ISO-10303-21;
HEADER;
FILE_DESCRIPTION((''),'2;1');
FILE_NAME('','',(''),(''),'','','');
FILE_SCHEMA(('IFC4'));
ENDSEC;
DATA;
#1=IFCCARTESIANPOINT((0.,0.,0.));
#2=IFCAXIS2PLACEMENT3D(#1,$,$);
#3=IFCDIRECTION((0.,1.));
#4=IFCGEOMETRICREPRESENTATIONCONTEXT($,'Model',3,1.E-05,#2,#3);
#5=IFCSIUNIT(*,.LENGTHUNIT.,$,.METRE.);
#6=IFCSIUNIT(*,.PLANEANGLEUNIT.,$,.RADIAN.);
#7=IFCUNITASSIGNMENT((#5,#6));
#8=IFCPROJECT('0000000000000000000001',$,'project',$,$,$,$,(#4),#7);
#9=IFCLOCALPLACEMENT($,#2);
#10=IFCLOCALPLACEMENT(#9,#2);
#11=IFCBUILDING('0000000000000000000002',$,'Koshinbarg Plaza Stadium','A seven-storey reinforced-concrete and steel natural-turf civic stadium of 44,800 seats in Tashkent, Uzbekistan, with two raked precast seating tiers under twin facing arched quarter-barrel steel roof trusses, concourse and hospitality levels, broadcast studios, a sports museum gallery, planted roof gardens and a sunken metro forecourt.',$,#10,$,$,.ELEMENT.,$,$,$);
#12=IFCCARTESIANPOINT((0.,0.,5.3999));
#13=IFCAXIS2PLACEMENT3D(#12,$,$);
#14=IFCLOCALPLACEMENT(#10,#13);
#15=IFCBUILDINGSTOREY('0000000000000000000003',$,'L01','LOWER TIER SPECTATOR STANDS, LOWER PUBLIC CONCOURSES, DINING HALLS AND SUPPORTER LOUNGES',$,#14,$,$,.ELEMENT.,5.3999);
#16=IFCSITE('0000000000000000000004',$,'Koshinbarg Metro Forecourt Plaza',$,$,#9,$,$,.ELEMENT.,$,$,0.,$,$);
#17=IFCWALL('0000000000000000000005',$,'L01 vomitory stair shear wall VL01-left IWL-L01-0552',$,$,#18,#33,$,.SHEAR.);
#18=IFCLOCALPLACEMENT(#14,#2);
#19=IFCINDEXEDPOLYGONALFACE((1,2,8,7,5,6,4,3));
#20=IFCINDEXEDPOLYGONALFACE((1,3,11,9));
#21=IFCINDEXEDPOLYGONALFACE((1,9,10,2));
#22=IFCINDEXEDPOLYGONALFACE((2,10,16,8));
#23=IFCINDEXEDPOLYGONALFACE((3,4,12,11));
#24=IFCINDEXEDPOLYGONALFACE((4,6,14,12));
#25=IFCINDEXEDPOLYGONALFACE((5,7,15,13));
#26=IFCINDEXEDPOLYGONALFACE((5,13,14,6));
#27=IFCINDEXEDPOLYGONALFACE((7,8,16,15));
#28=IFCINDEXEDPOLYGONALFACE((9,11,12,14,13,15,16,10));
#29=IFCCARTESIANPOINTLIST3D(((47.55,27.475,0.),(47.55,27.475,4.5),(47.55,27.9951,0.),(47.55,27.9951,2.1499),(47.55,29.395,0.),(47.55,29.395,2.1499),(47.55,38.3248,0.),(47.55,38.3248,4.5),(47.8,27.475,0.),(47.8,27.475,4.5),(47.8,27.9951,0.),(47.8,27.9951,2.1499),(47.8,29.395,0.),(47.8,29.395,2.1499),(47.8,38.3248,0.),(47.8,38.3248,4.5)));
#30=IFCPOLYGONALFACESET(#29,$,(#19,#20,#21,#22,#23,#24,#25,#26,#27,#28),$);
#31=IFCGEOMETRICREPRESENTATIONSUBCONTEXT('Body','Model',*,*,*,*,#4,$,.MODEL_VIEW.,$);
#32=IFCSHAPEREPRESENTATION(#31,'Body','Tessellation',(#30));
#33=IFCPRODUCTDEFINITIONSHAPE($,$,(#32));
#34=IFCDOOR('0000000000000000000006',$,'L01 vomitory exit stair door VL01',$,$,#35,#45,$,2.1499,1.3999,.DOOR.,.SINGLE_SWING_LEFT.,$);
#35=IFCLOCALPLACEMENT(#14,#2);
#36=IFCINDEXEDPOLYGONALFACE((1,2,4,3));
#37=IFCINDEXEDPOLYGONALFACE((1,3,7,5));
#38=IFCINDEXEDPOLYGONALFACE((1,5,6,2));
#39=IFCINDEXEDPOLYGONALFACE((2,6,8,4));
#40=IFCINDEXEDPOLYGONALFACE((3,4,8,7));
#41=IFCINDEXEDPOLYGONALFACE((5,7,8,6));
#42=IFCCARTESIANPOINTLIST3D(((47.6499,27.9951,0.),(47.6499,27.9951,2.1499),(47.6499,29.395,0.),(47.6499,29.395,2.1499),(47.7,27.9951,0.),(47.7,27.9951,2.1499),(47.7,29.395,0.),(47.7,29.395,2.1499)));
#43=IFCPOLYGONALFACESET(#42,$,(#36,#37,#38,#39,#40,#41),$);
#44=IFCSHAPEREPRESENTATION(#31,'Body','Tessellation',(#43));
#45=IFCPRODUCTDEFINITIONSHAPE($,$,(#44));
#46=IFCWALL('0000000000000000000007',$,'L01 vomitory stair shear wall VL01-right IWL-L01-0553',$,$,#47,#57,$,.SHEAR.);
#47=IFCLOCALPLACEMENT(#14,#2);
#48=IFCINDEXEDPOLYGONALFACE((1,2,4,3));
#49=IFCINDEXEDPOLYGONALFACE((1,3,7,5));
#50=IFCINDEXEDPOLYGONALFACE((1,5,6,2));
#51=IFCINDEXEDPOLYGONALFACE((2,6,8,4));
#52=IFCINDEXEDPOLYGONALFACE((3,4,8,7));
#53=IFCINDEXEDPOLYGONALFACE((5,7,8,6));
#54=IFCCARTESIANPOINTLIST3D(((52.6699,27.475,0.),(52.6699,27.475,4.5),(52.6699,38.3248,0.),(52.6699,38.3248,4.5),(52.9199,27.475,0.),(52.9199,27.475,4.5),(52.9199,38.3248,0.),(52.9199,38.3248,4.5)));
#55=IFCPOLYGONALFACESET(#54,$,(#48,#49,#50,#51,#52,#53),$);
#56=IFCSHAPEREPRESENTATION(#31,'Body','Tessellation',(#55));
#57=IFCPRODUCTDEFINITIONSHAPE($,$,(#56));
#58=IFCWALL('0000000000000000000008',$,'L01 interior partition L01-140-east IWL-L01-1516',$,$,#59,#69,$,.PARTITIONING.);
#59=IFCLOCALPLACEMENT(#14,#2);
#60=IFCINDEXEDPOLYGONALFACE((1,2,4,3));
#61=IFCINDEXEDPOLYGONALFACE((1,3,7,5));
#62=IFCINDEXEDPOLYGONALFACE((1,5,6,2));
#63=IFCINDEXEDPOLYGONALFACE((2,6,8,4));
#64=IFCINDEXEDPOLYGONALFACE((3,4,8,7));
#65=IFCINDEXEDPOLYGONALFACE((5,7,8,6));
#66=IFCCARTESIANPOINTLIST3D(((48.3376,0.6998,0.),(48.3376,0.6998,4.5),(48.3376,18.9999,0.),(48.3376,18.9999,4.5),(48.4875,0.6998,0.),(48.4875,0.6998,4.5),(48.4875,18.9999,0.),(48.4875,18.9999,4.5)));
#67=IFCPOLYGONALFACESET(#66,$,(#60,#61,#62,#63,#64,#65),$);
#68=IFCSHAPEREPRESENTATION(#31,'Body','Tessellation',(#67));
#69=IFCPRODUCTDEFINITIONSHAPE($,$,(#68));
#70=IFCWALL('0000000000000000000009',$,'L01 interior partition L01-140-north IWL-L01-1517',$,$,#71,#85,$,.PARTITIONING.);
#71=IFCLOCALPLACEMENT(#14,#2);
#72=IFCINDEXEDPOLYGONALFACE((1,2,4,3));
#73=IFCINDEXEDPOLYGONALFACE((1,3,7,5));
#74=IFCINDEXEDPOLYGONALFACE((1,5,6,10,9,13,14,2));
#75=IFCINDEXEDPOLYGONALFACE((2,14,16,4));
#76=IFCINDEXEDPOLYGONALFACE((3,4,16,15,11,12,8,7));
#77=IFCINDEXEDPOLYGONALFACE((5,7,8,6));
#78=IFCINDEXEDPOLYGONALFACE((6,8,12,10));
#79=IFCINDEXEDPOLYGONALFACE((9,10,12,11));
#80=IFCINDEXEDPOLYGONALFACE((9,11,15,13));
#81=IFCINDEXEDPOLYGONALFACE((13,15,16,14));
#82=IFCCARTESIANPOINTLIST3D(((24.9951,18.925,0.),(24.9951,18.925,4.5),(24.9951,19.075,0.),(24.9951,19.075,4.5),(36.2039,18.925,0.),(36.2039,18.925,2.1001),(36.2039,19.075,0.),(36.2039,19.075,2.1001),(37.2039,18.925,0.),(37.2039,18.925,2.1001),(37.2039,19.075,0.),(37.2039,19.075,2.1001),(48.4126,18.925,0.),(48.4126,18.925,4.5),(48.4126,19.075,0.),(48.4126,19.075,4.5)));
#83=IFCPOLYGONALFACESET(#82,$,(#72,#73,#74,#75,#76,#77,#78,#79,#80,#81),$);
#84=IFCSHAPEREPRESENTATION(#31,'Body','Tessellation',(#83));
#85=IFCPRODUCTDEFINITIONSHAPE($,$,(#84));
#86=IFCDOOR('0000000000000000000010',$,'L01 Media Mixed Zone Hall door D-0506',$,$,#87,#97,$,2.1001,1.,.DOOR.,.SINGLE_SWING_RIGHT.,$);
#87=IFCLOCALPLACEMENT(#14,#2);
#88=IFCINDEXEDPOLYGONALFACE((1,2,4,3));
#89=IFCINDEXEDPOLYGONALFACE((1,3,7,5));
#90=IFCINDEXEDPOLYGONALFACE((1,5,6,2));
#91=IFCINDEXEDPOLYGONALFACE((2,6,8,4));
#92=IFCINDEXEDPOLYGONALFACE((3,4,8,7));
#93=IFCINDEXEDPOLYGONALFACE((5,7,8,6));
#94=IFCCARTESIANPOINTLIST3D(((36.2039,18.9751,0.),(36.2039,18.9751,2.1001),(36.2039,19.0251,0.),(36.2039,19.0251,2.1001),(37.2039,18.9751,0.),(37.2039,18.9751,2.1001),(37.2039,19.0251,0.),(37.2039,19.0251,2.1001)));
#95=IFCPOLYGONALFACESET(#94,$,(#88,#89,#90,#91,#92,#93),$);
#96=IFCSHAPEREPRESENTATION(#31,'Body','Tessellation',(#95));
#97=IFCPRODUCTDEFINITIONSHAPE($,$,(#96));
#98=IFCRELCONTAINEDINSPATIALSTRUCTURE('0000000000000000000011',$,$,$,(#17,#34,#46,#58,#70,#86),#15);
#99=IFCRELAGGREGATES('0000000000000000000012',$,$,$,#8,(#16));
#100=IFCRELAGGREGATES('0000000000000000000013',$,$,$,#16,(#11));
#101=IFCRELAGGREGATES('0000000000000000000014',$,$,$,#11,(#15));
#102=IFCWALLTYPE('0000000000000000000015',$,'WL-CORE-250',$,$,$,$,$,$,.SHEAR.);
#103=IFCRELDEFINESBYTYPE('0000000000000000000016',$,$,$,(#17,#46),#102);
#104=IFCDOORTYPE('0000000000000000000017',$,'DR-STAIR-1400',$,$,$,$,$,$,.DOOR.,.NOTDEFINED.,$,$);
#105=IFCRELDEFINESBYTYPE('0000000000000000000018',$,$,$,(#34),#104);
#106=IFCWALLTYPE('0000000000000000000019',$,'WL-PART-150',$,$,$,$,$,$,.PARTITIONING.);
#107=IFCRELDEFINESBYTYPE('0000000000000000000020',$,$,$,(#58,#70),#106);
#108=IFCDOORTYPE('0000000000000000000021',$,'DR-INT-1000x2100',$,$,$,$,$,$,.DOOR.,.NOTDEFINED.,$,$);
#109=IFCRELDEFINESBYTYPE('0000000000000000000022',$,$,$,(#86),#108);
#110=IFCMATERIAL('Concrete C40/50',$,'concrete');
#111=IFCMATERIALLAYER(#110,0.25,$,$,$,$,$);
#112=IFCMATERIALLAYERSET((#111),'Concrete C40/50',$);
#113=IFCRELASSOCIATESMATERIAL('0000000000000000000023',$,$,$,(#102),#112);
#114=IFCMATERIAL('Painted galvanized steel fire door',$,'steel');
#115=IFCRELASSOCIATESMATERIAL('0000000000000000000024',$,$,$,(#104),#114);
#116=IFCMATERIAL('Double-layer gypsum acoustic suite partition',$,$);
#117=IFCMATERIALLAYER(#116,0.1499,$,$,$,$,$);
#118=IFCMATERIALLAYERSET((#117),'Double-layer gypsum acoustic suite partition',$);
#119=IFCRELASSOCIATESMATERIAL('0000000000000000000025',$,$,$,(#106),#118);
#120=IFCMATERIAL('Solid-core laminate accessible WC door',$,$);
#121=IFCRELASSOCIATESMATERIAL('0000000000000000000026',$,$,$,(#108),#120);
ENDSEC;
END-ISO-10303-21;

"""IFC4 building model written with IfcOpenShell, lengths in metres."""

from ifc_helpers import new_model, si_unit, direction, frame, frame_2d, origin, place, context, subcontext, project, spatial, rectangle, extrude, material, layer, layer_set, type_object, element, fill, save


model = new_model("IFC4")

# Units and contexts
model_context = context("Model", 3, precision=1e-05, world=origin(), true_north=direction((0.0, 1.0)))
body_context = subcontext(model_context, "Body", "Model", "MODEL_VIEW")
ifc_project = project(units=[si_unit("LENGTHUNIT", "METRE"), si_unit("PLANEANGLEUNIT", "RADIAN")], contexts=[model_context])

# Site, building, storey
site_placement = place(None, origin())
site = spatial("IfcSite", under=ifc_project, at=site_placement, Name="Koshinbarg Metro Forecourt Plaza", CompositionType="ELEMENT", RefElevation=0.0)
building_placement = place(site_placement, origin())
building = spatial("IfcBuilding", under=site, at=building_placement, Name="Koshinbarg Plaza Stadium", Description="A seven-storey reinforced-concrete and steel natural-turf civic stadium of 44,800 seats in Tashkent, Uzbekistan, with two raked precast seating tiers under twin facing arched quarter-barrel steel roof trusses, concourse and hospitality levels, broadcast studios, a sports museum gallery, planted roof gardens and a sunken metro forecourt.", CompositionType="ELEMENT")
storey_placement = place(building_placement, frame((0.0, 0.0, 5.3999)))
storey = spatial("IfcBuildingStorey", under=building, at=storey_placement, Name="L01", Description="LOWER TIER SPECTATOR STANDS, LOWER PUBLIC CONCOURSES, DINING HALLS AND SUPPORTER LOUNGES", CompositionType="ELEMENT", Elevation=5.3999)

# Shared definitions
ifc_material_1 = material(Name="Concrete C40/50", Category="concrete")

# Shared definitions
ifc_layer_1 = layer(ifc_material_1, 0.25)
ifc_layer_set_1 = layer_set([ifc_layer_1], Name="Concrete C40/50")
wall_type_1 = type_object("IfcWallType", Name="WL-CORE-250", PredefinedType="SHEAR", material=ifc_layer_set_1)

# Shared definitions
ifc_material_2 = material(Name="Painted galvanized steel fire door", Category="steel")
door_type_1 = type_object("IfcDoorType", Name="DR-STAIR-1400", OperationType="NOTDEFINED", PredefinedType="DOOR", material=ifc_material_2)

# Wall, opening, door
wall_1_placement = place(storey_placement, frame((47.675, 27.4751, 0.0), z_axis=(0.0, 0.0, 1.0), x_axis=(0.0, 1.0, 0.0)))
wall_1 = element("IfcWall", 1, at=wall_1_placement, inside=storey, type_object=wall_type_1, Name="L01 vomitory stair shear wall VL01-left IWL-L01-0552", PredefinedType="SHEAR", context=body_context, shape_type="SweptSolid", body=[
    extrude(rectangle(XDim=10.8499, YDim=0.25, at=frame_2d((5.4248, 0.0))), origin(), (0.0, 0.0, 1.0), 4.5),
])
opening_1_placement = place(wall_1_placement, frame((0.52, 0.0, 0.0)))
opening_1 = element("IfcOpeningElement", 2, at=opening_1_placement, cuts=wall_1, PredefinedType="OPENING", context=body_context, shape_type="SweptSolid", body=[
    extrude(rectangle(XDim=1.3999, YDim=2.1499, at=frame_2d((0.7, 1.075))), frame((0.0, 0.135, 0.0), z_axis=(0.0, -1.0, 0.0), x_axis=(1.0, 0.0, 0.0)), (0.0, 0.0, 1.0), 0.27),
])
door_1_placement = place(opening_1_placement, frame((1.3999, 0.0, 0.0), z_axis=(0.0, 0.0, 1.0), x_axis=(-1.0, 0.0, 0.0)))
door_1 = element("IfcDoor", 3, at=door_1_placement, inside=storey, type_object=door_type_1, Name="L01 vomitory exit stair door VL01", OperationType="SINGLE_SWING_LEFT", OverallHeight=2.1499, OverallWidth=1.3999, PredefinedType="DOOR", context=body_context, shape_type="SweptSolid", body=[
    extrude(rectangle(XDim=1.3999, YDim=2.1499, at=frame_2d((0.7, 1.075))), frame((0.0, 0.0249, 0.0), z_axis=(0.0, -1.0, 0.0), x_axis=(1.0, 0.0, 0.0)), (0.0, 0.0, 1.0), 0.05),
])
fill(opening_1, door_1)

# Walls
wall_2_placement = place(storey_placement, frame((52.7949, 27.4751, 0.0), z_axis=(0.0, 0.0, 1.0), x_axis=(0.0, 1.0, 0.0)))
element("IfcWall", 4, at=wall_2_placement, inside=storey, type_object=wall_type_1, Name="L01 vomitory stair shear wall VL01-right IWL-L01-0553", PredefinedType="SHEAR", context=body_context, shape_type="SweptSolid", body=[
    extrude(rectangle(XDim=10.8499, YDim=0.25, at=frame_2d((5.4248, 0.0))), origin(), (0.0, 0.0, 1.0), 4.5),
])
ifc_material_3 = material(Name="Double-layer gypsum acoustic suite partition")
ifc_layer_2 = layer(ifc_material_3, 0.1499)
ifc_layer_set_2 = layer_set([ifc_layer_2], Name="Double-layer gypsum acoustic suite partition")
wall_type_2 = type_object("IfcWallType", Name="WL-PART-150", PredefinedType="PARTITIONING", material=ifc_layer_set_2)
wall_3_placement = place(storey_placement, frame((48.4126, 0.7, 0.0), z_axis=(0.0, 0.0, 1.0), x_axis=(0.0, 1.0, 0.0)))
element("IfcWall", 5, at=wall_3_placement, inside=storey, type_object=wall_type_2, Name="L01 interior partition L01-140-east IWL-L01-1516", PredefinedType="PARTITIONING", context=body_context, shape_type="SweptSolid", body=[
    extrude(rectangle(XDim=18.3, YDim=0.1499, at=frame_2d((9.1499, 0.0))), origin(), (0.0, 0.0, 1.0), 4.5),
])

# Wall, opening, door
wall_4_placement = place(storey_placement, frame((48.4126, 19.0, 0.0), z_axis=(0.0, 0.0, 1.0), x_axis=(-1.0, 0.0, 0.0)))
wall_4 = element("IfcWall", 6, at=wall_4_placement, inside=storey, type_object=wall_type_2, Name="L01 interior partition L01-140-north IWL-L01-1517", PredefinedType="PARTITIONING", context=body_context, shape_type="SweptSolid", body=[
    extrude(rectangle(XDim=23.4175, YDim=0.1499, at=frame_2d((11.7087, 0.0))), origin(), (0.0, 0.0, 1.0), 4.5),
])
opening_2_placement = place(wall_4_placement, frame((11.2087, 0.0, 0.0)))
opening_2 = element("IfcOpeningElement", 7, at=opening_2_placement, cuts=wall_4, PredefinedType="OPENING", context=body_context, shape_type="SweptSolid", body=[
    extrude(rectangle(XDim=1.0, YDim=2.1001, at=frame_2d((0.5, 1.05))), frame((0.0, 0.085, 0.0), z_axis=(0.0, -1.0, 0.0), x_axis=(1.0, 0.0, 0.0)), (0.0, 0.0, 1.0), 0.1699),
])
ifc_material_4 = material(Name="Solid-core laminate accessible WC door")
door_type_2 = type_object("IfcDoorType", Name="DR-INT-1000x2100", OperationType="NOTDEFINED", PredefinedType="DOOR", material=ifc_material_4)
door_2_placement = place(opening_2_placement, origin())
door_2 = element("IfcDoor", 8, at=door_2_placement, inside=storey, type_object=door_type_2, Name="L01 Media Mixed Zone Hall door D-0506", OperationType="SINGLE_SWING_RIGHT", OverallHeight=2.1001, OverallWidth=1.0, PredefinedType="DOOR", context=body_context, shape_type="SweptSolid", body=[
    extrude(rectangle(XDim=1.0, YDim=2.1001, at=frame_2d((0.5, 1.05))), frame((0.0, 0.0249, 0.0), z_axis=(0.0, -1.0, 0.0), x_axis=(1.0, 0.0, 0.0)), (0.0, 0.0, 1.0), 0.05),
])
fill(opening_2, door_2)

save(model, "model.ifc")
